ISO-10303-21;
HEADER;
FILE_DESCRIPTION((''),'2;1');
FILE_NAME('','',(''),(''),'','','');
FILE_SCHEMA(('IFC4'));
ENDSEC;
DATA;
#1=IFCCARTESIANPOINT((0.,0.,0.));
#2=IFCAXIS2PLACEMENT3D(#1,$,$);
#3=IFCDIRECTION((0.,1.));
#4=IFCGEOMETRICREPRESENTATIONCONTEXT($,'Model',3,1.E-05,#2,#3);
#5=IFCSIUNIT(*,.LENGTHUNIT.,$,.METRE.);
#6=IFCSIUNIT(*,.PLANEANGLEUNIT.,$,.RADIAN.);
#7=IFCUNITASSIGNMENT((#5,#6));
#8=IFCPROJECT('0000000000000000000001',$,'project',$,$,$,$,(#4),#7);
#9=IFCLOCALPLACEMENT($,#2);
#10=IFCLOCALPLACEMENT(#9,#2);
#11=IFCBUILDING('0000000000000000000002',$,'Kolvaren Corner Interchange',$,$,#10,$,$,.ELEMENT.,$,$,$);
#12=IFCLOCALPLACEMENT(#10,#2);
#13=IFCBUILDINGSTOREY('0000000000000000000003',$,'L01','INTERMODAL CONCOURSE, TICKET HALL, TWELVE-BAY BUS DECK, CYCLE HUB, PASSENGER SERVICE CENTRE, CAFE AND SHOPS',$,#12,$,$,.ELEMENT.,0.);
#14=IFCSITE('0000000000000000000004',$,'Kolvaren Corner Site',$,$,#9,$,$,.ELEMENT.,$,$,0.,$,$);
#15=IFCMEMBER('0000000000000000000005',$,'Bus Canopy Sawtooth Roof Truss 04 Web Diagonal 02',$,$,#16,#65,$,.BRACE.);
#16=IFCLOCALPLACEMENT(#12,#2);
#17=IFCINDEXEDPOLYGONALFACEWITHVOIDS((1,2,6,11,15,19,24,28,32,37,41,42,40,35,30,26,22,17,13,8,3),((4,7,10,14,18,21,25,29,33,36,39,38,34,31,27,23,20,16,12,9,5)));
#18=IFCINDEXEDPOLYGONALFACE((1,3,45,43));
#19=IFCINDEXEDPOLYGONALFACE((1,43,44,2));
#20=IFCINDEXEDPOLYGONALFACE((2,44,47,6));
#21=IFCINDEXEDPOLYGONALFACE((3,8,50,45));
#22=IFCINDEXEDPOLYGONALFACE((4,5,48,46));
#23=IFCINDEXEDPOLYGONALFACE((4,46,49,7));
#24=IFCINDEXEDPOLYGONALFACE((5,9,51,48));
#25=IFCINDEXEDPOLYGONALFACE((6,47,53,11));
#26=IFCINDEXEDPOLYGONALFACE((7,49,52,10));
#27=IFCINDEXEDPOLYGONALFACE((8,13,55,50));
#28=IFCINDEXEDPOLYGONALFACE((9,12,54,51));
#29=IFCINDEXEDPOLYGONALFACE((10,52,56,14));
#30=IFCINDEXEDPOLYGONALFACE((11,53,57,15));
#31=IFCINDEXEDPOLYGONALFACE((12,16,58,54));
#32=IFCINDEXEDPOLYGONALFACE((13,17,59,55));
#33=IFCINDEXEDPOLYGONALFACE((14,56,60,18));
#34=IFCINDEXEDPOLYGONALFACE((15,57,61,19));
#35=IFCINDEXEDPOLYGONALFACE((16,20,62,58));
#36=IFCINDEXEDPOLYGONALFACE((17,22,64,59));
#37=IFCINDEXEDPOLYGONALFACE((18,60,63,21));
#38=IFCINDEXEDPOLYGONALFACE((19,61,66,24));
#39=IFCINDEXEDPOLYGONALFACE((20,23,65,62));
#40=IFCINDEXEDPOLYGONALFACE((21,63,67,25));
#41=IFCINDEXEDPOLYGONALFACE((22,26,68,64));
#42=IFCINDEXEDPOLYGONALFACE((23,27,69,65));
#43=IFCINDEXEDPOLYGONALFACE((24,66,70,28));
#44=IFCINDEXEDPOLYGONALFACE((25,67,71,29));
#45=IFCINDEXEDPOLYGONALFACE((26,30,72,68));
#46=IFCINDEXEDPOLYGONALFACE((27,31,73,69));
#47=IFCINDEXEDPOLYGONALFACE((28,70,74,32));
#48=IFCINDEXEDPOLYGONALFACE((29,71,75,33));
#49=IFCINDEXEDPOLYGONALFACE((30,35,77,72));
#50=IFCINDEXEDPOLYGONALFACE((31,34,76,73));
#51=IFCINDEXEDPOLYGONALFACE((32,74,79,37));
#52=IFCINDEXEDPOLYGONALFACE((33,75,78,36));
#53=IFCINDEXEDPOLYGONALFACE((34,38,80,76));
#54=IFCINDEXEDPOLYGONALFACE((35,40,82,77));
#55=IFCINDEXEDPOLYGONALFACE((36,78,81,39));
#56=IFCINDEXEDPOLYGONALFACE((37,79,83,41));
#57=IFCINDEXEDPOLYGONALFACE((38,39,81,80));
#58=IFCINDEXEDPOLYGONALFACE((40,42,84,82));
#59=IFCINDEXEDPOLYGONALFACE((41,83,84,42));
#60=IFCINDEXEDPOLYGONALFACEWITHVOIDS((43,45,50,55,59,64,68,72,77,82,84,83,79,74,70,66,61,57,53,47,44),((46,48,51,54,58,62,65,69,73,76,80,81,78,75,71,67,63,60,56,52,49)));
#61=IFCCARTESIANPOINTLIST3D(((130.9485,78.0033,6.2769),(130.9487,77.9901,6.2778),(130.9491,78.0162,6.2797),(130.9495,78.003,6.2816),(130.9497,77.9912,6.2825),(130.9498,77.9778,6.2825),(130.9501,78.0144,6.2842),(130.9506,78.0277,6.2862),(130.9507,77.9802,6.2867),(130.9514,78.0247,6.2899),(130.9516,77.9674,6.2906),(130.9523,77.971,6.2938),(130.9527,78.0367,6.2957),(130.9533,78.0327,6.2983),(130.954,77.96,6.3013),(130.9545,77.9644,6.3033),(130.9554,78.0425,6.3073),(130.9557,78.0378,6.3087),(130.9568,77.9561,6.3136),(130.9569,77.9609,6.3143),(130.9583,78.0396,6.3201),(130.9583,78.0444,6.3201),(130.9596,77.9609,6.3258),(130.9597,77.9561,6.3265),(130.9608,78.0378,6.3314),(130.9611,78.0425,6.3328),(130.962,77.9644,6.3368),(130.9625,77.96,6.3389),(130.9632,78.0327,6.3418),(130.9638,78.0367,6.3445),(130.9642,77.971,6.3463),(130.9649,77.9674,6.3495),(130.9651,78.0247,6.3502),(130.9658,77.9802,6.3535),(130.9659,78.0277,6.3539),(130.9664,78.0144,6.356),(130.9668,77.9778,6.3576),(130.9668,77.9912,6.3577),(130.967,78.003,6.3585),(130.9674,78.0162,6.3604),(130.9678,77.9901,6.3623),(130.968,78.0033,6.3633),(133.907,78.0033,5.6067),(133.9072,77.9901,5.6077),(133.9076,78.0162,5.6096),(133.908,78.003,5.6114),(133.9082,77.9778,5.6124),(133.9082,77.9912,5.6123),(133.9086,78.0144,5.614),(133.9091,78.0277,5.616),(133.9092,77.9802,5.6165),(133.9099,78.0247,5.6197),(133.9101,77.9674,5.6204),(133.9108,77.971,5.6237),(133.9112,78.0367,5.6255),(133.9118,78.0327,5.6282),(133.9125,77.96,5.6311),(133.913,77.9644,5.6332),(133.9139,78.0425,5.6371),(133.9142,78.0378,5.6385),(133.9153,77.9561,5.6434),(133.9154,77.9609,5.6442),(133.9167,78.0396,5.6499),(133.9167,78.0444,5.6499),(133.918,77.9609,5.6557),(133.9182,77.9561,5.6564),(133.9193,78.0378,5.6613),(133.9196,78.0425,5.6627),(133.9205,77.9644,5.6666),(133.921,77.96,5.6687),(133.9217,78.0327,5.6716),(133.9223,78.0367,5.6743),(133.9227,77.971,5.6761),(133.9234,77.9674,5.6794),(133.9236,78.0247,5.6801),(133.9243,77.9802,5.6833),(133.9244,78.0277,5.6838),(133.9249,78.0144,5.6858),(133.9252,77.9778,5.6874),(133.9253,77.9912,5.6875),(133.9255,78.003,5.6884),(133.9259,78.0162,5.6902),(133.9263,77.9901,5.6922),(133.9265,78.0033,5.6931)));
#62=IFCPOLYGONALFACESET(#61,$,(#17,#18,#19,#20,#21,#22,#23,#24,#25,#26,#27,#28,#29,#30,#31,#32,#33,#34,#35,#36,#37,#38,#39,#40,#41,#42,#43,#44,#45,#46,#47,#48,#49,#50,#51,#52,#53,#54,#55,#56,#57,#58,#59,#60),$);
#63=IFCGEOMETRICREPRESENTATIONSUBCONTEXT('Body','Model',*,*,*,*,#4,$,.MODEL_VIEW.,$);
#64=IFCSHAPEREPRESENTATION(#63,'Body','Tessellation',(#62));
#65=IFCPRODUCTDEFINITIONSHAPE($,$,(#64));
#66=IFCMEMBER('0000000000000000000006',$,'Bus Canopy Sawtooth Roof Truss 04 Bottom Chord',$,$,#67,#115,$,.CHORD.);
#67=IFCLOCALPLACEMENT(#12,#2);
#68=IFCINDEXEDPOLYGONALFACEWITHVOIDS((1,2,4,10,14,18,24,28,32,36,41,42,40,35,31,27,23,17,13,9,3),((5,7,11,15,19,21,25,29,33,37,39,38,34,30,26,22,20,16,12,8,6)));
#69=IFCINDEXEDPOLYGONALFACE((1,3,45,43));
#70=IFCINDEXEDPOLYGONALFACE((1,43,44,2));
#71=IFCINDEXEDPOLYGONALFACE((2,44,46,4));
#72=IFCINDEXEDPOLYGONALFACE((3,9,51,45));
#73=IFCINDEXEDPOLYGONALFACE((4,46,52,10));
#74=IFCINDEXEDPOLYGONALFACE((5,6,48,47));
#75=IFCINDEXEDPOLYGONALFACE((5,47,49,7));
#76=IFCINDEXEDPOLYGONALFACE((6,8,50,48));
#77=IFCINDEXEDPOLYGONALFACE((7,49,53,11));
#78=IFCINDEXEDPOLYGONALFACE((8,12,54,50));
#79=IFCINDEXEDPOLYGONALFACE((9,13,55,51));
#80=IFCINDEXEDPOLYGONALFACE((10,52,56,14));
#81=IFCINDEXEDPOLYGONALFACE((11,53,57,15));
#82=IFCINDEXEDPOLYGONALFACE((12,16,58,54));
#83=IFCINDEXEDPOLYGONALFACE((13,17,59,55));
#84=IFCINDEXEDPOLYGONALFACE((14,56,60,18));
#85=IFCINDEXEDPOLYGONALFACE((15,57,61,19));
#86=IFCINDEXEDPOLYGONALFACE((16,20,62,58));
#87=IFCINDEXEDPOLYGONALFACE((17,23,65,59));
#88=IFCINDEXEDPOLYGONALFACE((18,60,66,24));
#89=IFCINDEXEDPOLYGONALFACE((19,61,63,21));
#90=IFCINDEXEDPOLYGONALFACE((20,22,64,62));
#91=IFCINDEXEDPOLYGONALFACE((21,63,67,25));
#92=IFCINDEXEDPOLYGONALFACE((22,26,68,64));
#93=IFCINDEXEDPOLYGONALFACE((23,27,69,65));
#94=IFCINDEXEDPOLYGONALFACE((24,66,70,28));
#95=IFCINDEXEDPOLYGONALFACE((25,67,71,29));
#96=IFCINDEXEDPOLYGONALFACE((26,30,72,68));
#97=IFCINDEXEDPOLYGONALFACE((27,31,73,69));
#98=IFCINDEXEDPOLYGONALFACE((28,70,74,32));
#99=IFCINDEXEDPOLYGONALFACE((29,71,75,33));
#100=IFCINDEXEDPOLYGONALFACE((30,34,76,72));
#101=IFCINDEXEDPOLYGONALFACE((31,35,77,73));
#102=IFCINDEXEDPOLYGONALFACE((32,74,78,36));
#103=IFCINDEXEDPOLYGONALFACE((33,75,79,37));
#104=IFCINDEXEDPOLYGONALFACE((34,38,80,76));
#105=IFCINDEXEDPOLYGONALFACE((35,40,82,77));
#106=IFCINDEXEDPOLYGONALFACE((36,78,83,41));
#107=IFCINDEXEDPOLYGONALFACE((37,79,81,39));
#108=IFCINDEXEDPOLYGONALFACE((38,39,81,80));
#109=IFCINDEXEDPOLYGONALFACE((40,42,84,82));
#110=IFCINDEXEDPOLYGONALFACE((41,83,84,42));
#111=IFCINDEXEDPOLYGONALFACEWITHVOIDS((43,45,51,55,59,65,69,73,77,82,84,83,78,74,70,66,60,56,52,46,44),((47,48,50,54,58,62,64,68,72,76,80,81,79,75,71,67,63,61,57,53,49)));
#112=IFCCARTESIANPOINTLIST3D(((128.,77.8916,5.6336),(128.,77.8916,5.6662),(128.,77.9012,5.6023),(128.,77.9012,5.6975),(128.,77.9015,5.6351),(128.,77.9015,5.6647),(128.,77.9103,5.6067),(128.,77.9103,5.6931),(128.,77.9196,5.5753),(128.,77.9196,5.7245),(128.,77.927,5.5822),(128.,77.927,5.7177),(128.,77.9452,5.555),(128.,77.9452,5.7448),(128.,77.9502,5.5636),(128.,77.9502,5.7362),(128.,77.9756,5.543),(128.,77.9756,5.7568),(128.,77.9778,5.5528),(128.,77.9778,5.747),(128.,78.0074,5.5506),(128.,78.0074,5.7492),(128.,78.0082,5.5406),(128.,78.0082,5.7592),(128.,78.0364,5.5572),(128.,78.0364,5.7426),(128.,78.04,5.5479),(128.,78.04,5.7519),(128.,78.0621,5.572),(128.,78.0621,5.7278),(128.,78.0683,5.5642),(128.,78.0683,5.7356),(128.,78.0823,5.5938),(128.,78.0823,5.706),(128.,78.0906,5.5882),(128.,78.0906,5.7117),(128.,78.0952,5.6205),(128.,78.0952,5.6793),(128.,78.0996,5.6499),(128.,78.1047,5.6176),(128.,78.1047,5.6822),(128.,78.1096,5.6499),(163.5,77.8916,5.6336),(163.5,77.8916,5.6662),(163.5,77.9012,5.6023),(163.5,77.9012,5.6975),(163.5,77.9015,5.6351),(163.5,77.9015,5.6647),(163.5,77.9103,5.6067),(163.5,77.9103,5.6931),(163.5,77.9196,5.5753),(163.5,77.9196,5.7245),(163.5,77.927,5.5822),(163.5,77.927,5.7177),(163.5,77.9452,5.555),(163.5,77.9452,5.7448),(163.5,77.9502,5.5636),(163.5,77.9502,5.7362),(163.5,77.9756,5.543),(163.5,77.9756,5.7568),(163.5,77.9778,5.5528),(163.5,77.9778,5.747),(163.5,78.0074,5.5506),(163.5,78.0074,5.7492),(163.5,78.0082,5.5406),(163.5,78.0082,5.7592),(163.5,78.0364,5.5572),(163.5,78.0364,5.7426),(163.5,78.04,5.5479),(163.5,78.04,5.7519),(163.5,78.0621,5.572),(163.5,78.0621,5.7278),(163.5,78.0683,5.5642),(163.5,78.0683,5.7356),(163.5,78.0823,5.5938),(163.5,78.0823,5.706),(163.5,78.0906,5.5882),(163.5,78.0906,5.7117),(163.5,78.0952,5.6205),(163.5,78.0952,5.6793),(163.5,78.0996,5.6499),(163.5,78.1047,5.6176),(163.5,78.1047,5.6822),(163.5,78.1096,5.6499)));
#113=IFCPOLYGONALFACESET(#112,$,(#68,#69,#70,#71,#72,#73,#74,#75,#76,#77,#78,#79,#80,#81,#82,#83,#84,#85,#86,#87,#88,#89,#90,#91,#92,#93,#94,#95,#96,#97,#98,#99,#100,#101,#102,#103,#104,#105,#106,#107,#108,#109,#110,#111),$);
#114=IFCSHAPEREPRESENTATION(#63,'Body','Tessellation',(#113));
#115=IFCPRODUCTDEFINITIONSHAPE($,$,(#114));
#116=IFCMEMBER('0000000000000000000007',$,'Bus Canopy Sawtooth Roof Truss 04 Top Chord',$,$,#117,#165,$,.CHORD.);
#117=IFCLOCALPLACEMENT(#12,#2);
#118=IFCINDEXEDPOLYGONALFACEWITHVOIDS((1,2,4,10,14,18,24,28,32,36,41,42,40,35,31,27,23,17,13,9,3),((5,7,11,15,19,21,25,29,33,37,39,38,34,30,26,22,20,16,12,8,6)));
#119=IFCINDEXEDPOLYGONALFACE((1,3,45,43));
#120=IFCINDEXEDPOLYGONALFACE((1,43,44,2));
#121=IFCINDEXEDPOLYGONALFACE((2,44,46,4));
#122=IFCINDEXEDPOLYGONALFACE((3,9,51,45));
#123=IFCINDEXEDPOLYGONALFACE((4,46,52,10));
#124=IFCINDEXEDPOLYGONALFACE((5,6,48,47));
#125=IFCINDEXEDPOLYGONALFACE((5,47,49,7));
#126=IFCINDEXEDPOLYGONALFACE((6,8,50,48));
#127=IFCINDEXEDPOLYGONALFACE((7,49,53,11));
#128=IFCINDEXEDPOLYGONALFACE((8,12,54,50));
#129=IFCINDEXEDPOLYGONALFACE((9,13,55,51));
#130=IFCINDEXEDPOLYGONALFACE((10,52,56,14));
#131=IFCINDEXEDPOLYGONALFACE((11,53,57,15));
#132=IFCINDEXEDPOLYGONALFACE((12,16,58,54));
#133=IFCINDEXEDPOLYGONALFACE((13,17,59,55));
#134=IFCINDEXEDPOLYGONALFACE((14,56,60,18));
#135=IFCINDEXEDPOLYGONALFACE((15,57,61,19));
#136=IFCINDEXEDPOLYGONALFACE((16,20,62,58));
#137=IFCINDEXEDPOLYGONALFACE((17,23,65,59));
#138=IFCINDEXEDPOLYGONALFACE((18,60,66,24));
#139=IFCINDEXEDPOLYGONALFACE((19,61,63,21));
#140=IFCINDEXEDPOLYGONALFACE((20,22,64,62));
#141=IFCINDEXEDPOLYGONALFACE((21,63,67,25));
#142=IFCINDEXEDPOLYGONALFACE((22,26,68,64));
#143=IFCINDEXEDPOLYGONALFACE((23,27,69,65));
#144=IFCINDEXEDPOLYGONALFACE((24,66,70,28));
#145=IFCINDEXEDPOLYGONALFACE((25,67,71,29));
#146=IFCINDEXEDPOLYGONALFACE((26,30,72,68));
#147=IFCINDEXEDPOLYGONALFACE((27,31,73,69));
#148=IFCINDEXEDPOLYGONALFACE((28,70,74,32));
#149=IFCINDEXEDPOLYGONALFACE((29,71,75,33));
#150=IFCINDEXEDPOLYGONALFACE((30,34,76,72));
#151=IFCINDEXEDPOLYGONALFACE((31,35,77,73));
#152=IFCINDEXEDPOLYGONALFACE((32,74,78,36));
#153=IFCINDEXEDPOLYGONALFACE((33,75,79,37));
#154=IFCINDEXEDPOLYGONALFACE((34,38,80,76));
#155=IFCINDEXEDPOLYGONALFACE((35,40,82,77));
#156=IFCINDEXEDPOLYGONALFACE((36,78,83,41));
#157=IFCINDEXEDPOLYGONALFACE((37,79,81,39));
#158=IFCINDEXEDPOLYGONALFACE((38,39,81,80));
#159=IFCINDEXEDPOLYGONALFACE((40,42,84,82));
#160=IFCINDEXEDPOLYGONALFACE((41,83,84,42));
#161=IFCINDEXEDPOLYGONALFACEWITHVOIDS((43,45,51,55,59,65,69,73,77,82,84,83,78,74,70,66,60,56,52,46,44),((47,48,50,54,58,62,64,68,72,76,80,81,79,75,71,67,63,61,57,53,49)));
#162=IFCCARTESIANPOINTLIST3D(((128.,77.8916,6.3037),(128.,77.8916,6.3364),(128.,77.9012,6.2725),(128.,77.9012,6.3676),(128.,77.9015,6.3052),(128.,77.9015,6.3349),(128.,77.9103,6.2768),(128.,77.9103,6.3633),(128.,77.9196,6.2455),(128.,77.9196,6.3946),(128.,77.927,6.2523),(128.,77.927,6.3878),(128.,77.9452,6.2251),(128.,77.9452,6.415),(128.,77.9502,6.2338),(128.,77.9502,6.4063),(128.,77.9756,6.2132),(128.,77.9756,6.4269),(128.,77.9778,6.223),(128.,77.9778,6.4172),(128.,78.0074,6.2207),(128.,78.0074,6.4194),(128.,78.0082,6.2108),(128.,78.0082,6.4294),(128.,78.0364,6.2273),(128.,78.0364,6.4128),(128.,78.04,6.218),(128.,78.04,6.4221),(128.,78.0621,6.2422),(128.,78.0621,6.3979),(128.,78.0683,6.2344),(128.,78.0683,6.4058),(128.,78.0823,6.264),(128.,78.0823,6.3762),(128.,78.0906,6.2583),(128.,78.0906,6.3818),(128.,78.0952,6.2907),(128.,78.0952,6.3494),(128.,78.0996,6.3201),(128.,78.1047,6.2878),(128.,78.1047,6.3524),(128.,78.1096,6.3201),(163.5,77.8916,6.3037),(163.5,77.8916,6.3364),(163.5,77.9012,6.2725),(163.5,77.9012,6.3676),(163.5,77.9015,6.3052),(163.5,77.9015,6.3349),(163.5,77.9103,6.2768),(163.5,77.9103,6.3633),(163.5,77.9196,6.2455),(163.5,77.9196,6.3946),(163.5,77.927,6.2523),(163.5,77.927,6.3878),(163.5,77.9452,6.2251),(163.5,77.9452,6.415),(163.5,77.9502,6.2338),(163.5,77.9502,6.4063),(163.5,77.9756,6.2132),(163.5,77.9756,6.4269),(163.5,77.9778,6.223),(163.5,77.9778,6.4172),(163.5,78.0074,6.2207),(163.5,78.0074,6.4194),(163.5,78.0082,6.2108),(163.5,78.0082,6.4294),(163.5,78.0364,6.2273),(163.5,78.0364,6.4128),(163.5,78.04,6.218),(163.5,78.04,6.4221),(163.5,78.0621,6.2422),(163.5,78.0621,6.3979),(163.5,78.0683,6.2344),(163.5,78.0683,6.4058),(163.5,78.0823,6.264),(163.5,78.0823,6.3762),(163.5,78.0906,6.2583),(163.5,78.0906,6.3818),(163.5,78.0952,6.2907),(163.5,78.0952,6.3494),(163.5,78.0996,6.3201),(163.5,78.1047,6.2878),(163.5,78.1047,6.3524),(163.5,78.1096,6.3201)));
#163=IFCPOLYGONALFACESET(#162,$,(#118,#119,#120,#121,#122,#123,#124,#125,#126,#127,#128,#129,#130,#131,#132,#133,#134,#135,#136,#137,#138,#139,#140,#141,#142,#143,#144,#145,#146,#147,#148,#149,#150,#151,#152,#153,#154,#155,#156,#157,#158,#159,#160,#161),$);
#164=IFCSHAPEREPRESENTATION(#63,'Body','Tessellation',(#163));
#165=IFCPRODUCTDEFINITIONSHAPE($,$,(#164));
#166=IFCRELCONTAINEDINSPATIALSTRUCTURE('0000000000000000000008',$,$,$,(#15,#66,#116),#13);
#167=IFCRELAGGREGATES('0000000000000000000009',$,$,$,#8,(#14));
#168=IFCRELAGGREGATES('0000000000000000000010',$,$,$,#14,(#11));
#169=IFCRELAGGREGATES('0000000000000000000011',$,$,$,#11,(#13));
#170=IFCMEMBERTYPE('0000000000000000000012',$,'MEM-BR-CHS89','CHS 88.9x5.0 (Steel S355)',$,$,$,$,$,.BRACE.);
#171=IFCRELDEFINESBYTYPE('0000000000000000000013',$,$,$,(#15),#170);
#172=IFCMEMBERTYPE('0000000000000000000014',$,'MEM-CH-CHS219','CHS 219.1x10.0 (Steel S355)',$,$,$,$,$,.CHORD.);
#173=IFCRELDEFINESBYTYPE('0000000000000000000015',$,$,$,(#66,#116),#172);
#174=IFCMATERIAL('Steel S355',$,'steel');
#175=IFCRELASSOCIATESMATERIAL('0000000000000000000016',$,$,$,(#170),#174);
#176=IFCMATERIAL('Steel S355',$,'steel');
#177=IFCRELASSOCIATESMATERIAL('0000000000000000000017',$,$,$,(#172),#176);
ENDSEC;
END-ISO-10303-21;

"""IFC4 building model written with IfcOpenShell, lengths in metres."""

from ifc_helpers import new_model, si_unit, direction, frame, origin, origin_2d, place, context, subcontext, project, spatial, hollow_circle, extrude, material, material_profile, profile_set, type_object, element, save


model = new_model("IFC4")

# Units and contexts
model_context = context("Model", 3, precision=1e-05, world=origin(), true_north=direction((0.0, 1.0)))
body_context = subcontext(model_context, "Body", "Model", "MODEL_VIEW")
ifc_project = project(units=[si_unit("LENGTHUNIT", "METRE"), si_unit("PLANEANGLEUNIT", "RADIAN")], contexts=[model_context])

# Site, building, storey
site_placement = place(None, origin())
site = spatial("IfcSite", under=ifc_project, at=site_placement, Name="Kolvaren Corner Site", CompositionType="ELEMENT", RefElevation=0.0)
building_placement = place(site_placement, origin())
building = spatial("IfcBuilding", under=site, at=building_placement, Name="Kolvaren Corner Interchange", CompositionType="ELEMENT")
storey_placement = place(building_placement, origin())
storey = spatial("IfcBuildingStorey", under=building, at=storey_placement, Name="L01", Description="INTERMODAL CONCOURSE, TICKET HALL, TWELVE-BAY BUS DECK, CYCLE HUB, PASSENGER SERVICE CENTRE, CAFE AND SHOPS", CompositionType="ELEMENT", Elevation=0.0)

# Members
ifc_material_1 = material(Name="Steel S355", Category="steel")
ifc_material_profile_1 = material_profile(ifc_material_1, hollow_circle(Radius=0.0444, WallThickness=0.0049, at=origin_2d()), Name="CHS 88.9x5.0")
ifc_profile_set_1 = profile_set([ifc_material_profile_1], Name="Steel S355")
member_type_1 = type_object("IfcMemberType", Name="MEM-BR-CHS89", Description="CHS 88.9x5.0 (Steel S355)", PredefinedType="BRACE", material=ifc_profile_set_1)
member_1_placement = place(storey_placement, frame((130.9583, 78.0, 6.3201), z_axis=(0.975291, 0.0, -0.220925), x_axis=(0.0, 1.0, 0.0)))
element("IfcMember", 1, at=member_1_placement, inside=storey, type_object=member_type_1, Name="Bus Canopy Sawtooth Roof Truss 04 Web Diagonal 02", PredefinedType="BRACE", context=body_context, shape_type="SweptSolid", body=[
    extrude(hollow_circle(Radius=0.0444, WallThickness=0.0049, at=origin_2d()), origin(), (0.0, 0.0, 1.0), 3.0334),
])
ifc_material_2 = material(Name="Steel S355", Category="steel")
ifc_material_profile_2 = material_profile(ifc_material_2, hollow_circle(Radius=0.1096, WallThickness=0.01, at=origin_2d()), Name="CHS 219.1x10.0")
ifc_profile_set_2 = profile_set([ifc_material_profile_2], Name="Steel S355")
member_type_2 = type_object("IfcMemberType", Name="MEM-CH-CHS219", Description="CHS 219.1x10.0 (Steel S355)", PredefinedType="CHORD", material=ifc_profile_set_2)
for number, where, z_axis, x_axis, name in (
    (2, (128.0, 78.0, 5.6499), (1.0, 0.0, 0.0), (0.0, 1.0, 0.0), "Bus Canopy Sawtooth Roof Truss 04 Bottom Chord"),
    (3, (128.0, 78.0, 6.3201), (1.0, 0.0, 0.0), (0.0, 1.0, 0.0), "Bus Canopy Sawtooth Roof Truss 04 Top Chord"),
):
    element("IfcMember", number, at=place(storey_placement, frame(where, z_axis=z_axis, x_axis=x_axis)), inside=storey, type_object=member_type_2, Name=name, PredefinedType="CHORD", context=body_context, shape_type="SweptSolid", body=[
        extrude(hollow_circle(Radius=0.1096, WallThickness=0.01, at=origin_2d()), origin(), (0.0, 0.0, 1.0), 35.5),
    ])

save(model, "model.ifc")
